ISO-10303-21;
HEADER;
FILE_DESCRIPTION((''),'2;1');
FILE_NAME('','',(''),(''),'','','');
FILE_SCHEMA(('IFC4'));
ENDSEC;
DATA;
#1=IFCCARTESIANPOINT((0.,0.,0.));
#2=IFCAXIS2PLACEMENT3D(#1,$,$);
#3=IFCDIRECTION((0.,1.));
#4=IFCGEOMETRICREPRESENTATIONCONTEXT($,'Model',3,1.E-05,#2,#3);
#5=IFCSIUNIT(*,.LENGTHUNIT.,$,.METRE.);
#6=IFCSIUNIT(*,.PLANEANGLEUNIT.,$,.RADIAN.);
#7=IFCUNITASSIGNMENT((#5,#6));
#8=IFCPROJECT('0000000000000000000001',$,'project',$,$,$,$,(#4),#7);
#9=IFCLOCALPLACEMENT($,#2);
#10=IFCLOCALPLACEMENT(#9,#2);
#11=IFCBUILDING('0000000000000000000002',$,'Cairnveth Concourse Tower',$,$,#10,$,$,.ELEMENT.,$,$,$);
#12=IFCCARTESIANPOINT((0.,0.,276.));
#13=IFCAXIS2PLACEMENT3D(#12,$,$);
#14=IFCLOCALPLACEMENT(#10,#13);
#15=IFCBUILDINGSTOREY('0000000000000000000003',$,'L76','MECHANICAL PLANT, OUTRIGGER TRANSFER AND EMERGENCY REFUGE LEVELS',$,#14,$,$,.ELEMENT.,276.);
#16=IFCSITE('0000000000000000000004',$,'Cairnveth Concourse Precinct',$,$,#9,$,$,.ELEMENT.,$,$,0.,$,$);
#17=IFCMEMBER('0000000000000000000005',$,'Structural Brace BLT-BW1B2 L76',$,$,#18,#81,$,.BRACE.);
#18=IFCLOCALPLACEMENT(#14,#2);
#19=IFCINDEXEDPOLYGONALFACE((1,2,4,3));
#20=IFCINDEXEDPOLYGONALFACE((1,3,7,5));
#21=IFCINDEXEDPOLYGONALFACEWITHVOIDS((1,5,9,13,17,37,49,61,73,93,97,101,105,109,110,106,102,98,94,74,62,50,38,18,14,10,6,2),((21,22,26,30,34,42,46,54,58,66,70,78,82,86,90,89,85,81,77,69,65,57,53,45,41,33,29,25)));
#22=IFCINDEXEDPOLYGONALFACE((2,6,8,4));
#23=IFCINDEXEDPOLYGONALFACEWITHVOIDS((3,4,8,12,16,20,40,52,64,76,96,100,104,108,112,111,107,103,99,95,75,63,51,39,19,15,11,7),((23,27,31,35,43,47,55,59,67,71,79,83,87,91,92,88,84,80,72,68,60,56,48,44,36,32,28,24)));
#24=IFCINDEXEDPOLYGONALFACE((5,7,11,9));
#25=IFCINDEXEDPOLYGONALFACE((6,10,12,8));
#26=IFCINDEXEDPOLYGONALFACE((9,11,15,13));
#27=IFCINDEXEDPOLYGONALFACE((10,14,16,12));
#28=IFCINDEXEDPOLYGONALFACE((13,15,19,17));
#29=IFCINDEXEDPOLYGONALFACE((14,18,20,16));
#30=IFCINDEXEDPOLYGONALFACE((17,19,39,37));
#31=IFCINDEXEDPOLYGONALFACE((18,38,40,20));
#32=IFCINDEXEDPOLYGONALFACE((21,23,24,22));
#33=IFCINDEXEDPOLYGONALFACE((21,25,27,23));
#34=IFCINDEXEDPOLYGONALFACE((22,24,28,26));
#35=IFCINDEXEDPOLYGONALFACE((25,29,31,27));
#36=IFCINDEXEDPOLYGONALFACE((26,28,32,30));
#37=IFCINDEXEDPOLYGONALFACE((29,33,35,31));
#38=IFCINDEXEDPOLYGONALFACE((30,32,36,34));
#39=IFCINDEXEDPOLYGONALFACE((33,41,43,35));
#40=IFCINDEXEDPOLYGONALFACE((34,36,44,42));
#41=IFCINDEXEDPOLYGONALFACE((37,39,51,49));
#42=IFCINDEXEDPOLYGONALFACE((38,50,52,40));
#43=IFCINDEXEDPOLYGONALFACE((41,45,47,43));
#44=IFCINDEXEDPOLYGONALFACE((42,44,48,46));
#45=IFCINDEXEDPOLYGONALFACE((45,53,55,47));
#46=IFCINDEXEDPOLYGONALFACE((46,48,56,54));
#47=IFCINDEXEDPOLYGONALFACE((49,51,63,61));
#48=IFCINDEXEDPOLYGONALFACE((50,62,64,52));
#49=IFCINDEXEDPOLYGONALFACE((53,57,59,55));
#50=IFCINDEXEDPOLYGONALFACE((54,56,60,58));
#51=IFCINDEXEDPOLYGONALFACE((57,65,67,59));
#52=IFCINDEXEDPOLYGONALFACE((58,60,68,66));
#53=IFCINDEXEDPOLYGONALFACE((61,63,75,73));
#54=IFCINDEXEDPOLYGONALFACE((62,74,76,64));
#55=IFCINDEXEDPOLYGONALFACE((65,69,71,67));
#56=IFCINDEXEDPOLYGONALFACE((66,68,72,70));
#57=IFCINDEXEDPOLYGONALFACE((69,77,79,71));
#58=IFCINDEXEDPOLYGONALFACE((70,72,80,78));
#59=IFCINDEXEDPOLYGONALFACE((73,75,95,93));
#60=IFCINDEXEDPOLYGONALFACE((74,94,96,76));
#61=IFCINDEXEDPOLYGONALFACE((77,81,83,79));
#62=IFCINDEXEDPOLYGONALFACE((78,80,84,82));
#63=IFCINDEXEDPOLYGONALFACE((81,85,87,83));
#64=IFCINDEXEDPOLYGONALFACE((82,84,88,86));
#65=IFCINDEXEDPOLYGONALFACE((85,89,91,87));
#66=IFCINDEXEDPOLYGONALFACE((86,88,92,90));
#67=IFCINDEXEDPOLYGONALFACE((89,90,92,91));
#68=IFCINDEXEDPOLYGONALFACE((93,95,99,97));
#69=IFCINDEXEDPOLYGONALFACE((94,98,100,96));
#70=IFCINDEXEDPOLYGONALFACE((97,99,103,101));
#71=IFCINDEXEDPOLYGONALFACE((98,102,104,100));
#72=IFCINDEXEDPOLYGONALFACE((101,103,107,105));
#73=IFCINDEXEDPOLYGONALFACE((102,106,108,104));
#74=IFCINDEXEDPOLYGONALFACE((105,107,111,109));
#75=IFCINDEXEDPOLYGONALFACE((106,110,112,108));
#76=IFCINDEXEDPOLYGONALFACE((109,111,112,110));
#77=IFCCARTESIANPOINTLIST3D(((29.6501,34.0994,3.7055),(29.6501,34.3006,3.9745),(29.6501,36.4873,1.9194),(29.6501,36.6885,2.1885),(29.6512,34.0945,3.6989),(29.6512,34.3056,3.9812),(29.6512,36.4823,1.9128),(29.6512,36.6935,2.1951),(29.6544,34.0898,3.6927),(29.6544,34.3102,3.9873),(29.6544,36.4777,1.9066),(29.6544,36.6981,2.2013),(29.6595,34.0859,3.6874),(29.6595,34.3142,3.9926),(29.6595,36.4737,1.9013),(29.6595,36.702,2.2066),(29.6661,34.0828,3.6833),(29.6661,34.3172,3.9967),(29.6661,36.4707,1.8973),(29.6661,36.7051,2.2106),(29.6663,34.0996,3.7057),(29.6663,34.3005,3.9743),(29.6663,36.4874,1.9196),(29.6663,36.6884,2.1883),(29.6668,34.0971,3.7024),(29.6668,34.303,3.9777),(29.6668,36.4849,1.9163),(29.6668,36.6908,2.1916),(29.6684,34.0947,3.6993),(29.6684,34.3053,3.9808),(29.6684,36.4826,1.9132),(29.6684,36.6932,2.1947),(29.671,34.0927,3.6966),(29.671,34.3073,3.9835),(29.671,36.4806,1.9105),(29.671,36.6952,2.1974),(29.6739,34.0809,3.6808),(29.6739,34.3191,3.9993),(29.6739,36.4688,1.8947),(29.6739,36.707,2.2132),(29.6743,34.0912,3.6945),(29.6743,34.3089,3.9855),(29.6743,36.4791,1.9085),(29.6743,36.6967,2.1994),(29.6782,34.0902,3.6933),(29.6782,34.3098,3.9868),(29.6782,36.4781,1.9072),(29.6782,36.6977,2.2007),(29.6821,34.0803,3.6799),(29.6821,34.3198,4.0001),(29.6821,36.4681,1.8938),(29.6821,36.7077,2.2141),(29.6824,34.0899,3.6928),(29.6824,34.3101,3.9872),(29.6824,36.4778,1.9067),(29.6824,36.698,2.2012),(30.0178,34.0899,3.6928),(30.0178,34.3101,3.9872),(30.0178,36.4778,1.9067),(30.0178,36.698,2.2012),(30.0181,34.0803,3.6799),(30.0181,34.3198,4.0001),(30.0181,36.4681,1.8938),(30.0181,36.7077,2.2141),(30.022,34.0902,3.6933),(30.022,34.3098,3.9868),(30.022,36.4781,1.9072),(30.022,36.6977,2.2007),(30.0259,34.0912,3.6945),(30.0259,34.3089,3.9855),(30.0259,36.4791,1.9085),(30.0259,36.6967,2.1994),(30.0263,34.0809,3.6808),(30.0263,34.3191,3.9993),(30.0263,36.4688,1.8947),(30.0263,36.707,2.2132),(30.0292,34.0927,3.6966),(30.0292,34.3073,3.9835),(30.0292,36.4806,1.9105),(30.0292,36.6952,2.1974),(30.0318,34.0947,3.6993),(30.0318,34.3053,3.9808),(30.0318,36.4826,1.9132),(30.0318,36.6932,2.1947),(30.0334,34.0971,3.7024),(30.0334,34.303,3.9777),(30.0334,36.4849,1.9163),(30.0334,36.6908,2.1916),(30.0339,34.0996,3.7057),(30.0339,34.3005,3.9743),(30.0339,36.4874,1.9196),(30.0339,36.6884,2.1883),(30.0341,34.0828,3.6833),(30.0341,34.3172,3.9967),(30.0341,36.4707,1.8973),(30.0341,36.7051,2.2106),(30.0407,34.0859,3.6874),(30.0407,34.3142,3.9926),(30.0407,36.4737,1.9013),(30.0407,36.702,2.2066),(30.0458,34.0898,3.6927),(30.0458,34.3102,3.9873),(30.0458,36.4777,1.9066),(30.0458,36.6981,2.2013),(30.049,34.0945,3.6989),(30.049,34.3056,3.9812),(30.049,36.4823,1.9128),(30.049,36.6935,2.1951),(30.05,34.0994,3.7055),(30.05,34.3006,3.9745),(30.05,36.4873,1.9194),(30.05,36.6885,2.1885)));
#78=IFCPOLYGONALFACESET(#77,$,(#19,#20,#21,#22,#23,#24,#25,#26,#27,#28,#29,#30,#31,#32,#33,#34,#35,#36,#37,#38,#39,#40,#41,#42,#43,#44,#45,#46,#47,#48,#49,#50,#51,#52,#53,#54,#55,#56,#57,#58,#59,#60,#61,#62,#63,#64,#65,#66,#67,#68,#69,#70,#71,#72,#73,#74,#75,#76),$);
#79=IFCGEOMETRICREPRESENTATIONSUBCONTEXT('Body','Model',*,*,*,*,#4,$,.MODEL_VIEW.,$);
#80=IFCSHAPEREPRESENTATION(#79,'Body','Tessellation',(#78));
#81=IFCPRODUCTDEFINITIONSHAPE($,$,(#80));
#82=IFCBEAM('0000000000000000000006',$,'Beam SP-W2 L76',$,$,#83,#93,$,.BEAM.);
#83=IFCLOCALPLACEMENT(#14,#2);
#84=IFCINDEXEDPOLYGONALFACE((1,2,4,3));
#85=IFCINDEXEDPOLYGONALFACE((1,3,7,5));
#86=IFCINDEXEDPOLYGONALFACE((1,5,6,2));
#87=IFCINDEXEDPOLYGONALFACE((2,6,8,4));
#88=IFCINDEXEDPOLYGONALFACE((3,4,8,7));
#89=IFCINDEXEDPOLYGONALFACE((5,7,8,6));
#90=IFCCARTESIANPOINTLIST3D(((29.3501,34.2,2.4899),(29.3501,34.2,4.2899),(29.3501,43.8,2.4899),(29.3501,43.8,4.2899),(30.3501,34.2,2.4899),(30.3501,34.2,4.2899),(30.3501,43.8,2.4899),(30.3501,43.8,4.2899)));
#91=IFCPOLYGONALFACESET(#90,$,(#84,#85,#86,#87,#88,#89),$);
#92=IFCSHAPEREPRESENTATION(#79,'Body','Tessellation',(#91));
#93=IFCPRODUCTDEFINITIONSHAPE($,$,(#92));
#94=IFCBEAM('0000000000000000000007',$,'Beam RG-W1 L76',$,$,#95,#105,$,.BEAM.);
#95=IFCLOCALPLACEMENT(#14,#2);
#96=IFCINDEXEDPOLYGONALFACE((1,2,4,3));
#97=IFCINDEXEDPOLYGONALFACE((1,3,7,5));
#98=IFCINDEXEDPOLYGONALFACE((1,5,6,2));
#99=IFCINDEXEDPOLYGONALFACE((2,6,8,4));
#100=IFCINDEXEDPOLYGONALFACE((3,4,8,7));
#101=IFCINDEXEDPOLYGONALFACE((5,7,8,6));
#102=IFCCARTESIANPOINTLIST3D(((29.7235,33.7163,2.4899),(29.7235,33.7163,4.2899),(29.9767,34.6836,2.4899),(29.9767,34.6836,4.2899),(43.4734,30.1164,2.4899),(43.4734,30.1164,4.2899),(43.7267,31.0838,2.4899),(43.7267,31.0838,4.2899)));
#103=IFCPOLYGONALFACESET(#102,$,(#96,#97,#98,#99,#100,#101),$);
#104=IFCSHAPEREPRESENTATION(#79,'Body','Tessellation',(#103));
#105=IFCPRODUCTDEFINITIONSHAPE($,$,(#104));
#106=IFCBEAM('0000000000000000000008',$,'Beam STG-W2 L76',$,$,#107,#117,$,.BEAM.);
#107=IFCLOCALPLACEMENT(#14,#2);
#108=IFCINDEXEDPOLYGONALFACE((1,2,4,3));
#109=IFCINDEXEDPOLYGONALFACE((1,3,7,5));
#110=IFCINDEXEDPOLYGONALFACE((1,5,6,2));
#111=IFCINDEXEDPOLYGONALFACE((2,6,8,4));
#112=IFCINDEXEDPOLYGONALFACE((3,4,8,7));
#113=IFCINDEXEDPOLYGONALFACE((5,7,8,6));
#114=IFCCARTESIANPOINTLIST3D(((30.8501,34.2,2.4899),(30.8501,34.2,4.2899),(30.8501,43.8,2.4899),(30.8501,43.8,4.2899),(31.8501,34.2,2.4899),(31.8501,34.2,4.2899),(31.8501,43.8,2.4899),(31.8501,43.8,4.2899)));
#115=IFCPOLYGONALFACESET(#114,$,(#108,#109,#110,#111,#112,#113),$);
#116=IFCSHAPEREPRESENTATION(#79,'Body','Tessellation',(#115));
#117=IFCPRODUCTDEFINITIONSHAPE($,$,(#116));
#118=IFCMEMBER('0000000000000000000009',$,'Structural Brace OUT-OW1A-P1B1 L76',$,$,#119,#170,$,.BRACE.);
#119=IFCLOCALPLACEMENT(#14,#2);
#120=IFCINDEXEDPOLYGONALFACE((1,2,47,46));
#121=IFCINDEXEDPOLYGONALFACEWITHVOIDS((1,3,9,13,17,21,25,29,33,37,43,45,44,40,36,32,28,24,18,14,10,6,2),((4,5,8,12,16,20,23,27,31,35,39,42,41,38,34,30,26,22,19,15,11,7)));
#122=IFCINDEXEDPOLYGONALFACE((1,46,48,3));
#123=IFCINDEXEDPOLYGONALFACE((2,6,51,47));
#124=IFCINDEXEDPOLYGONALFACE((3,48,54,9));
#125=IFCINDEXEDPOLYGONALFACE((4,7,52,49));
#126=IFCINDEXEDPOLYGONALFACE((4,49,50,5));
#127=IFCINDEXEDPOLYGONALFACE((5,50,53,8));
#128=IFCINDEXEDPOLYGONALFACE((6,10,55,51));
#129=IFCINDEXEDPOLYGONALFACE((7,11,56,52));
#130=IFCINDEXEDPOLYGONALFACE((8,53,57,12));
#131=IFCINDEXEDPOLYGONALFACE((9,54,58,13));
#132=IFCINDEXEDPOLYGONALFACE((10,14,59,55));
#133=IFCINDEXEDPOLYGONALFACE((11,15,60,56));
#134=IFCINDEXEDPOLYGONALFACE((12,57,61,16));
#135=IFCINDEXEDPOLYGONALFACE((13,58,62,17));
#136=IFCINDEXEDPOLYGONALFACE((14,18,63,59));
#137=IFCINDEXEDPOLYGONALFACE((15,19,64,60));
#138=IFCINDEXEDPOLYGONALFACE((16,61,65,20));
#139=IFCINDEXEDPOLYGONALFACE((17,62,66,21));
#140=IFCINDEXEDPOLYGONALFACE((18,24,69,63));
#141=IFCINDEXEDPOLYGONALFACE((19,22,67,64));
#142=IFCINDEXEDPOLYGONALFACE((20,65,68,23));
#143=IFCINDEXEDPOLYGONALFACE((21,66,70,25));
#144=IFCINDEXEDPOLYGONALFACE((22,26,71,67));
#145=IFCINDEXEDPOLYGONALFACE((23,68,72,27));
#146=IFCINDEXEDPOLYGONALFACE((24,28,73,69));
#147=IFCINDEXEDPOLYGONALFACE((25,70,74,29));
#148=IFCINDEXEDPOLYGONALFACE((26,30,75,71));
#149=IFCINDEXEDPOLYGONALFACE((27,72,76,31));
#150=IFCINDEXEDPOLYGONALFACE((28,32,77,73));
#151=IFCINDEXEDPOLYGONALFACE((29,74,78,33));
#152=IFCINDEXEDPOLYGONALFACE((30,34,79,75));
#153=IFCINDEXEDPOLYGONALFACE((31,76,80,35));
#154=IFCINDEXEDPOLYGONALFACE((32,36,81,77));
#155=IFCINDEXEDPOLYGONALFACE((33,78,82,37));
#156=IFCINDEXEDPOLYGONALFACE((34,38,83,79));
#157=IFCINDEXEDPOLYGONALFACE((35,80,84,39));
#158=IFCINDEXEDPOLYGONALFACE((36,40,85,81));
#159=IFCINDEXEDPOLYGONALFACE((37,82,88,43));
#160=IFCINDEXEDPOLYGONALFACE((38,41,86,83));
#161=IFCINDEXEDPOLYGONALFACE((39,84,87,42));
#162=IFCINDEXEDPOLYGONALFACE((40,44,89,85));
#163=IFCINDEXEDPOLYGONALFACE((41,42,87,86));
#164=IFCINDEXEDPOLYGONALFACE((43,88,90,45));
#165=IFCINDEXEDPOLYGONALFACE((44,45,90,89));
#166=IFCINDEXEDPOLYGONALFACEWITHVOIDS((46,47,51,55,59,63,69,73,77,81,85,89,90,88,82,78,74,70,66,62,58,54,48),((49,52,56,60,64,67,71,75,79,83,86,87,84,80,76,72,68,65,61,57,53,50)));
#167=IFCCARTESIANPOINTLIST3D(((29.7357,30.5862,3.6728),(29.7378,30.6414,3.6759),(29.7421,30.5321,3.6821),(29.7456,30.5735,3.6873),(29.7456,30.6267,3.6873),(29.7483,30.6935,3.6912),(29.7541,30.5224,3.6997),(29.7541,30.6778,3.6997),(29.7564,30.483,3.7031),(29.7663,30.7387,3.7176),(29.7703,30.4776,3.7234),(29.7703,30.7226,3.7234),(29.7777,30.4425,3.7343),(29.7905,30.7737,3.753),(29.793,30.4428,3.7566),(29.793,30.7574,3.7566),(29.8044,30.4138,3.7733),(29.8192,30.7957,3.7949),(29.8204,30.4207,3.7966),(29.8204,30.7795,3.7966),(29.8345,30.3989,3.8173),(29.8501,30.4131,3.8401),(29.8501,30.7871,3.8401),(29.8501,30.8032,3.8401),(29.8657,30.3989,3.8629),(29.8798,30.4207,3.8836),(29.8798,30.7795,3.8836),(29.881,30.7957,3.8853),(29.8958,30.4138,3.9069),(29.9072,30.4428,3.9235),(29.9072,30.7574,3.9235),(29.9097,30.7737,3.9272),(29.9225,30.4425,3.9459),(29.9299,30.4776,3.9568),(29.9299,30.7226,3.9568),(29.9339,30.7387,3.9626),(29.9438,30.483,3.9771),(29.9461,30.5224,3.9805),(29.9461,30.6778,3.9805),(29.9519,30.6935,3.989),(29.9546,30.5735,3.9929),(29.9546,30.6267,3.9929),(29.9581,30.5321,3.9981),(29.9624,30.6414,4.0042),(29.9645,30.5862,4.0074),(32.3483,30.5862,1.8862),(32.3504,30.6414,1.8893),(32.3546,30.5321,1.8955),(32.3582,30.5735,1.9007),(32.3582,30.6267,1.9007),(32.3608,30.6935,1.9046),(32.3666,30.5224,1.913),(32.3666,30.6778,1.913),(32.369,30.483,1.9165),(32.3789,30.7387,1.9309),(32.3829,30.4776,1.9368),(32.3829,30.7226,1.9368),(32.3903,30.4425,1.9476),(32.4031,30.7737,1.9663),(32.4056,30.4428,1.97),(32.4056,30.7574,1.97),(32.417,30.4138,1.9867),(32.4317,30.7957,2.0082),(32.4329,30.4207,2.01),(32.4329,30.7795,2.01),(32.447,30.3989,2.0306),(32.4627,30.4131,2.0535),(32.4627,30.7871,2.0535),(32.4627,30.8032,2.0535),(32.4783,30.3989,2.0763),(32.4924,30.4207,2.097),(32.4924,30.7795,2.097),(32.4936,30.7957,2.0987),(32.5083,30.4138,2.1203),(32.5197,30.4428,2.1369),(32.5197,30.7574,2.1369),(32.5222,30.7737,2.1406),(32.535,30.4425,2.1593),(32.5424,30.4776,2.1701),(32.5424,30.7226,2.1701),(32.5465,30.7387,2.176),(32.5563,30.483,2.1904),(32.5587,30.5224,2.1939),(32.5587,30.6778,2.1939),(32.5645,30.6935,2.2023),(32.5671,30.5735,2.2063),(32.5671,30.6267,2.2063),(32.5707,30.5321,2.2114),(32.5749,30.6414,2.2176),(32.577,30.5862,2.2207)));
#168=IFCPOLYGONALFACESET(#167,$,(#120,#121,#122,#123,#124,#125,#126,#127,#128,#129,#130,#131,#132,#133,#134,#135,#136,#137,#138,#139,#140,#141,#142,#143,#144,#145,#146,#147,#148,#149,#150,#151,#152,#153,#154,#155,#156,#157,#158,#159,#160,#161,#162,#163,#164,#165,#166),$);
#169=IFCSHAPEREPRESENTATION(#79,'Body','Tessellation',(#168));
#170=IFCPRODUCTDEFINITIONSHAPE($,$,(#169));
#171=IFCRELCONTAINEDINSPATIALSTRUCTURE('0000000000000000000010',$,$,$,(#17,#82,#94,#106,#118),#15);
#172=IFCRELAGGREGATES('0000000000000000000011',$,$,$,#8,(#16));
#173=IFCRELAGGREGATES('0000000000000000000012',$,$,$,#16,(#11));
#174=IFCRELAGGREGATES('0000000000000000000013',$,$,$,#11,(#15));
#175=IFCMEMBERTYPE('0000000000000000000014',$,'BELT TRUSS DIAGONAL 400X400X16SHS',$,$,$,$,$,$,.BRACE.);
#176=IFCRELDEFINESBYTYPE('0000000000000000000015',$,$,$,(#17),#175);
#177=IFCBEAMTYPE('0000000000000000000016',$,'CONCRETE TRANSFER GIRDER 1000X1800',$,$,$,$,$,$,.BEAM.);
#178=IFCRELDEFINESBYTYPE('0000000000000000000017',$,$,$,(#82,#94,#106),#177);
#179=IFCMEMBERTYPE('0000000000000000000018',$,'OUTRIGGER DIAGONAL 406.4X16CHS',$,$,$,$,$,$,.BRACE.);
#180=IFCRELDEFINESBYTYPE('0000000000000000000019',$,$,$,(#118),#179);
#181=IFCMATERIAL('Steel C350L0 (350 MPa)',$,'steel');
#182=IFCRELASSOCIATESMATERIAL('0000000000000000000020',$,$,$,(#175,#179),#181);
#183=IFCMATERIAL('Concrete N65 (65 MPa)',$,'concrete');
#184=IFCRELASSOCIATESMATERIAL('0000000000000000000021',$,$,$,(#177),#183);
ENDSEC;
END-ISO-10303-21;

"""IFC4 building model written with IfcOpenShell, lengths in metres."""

from ifc_helpers import new_model, si_unit, direction, frame, origin, origin_2d, place, context, subcontext, project, spatial, rectangle, hollow_rectangle, hollow_circle, extrude, material, material_profile, profile_set, type_object, element, save


model = new_model("IFC4")

# Units and contexts
model_context = context("Model", 3, precision=1e-05, world=origin(), true_north=direction((0.0, 1.0)))
body_context = subcontext(model_context, "Body", "Model", "MODEL_VIEW")
ifc_project = project(units=[si_unit("LENGTHUNIT", "METRE"), si_unit("PLANEANGLEUNIT", "RADIAN")], contexts=[model_context])

# Site, building, storey
site_placement = place(None, origin())
site = spatial("IfcSite", under=ifc_project, at=site_placement, Name="Cairnveth Concourse Precinct", CompositionType="ELEMENT", RefElevation=0.0)
building_placement = place(site_placement, origin())
building = spatial("IfcBuilding", under=site, at=building_placement, Name="Cairnveth Concourse Tower", CompositionType="ELEMENT")
storey_placement = place(building_placement, frame((0.0, 0.0, 276.0)))
storey = spatial("IfcBuildingStorey", under=building, at=storey_placement, Name="L76", Description="MECHANICAL PLANT, OUTRIGGER TRANSFER AND EMERGENCY REFUGE LEVELS", CompositionType="ELEMENT", Elevation=276.0)

# Shared definitions
ifc_material_1 = material(Name="Concrete N65 (65 MPa)", Category="concrete")

# Member
ifc_material_2 = material(Name="Steel C350L0 (350 MPa)", Category="steel")
ifc_material_profile_1 = material_profile(ifc_material_2, hollow_rectangle(XDim=0.3999, YDim=0.3999, WallThickness=0.0161, InnerFilletRadius=0.0161, OuterFilletRadius=0.032, at=origin_2d()), Name="400x400x16.0SHS")
ifc_profile_set_1 = profile_set([ifc_material_profile_1], Name="Steel C350L0 (350 MPa)")
member_type_1 = type_object("IfcMemberType", Name="BELT TRUSS DIAGONAL 400X400X16SHS", PredefinedType="BRACE", material=ifc_profile_set_1)
member_1_placement = place(storey_placement, frame((29.8501, 36.5879, 2.054), z_axis=(0.0, -0.800775, 0.598965), x_axis=(1.0, 0.0, 0.0)))
element("IfcMember", 1, at=member_1_placement, inside=storey, type_object=member_type_1, Name="Structural Brace BLT-BW1B2 L76", PredefinedType="BRACE", context=body_context, shape_type="SweptSolid", body=[
    extrude(hollow_rectangle(XDim=0.3999, YDim=0.3999, WallThickness=0.0161, InnerFilletRadius=0.0161, OuterFilletRadius=0.032, at=origin_2d()), origin(), (0.0, 0.0, 1.0), 2.9819),
])

# Beams
ifc_material_profile_2 = material_profile(ifc_material_1, rectangle(XDim=1.0, YDim=1.8, at=origin_2d()), Name="RC-TB-1000x1800")
ifc_profile_set_2 = profile_set([ifc_material_profile_2], Name="Concrete N65 (65 MPa)")
beam_type_1 = type_object("IfcBeamType", Name="CONCRETE TRANSFER GIRDER 1000X1800", PredefinedType="BEAM", material=ifc_profile_set_2)
beam_1_placement = place(storey_placement, frame((29.8501, 34.2, 3.3899), z_axis=(0.0, 1.0, 0.0), x_axis=(-1.0, 0.0, 0.0)))
element("IfcBeam", 2, at=beam_1_placement, inside=storey, type_object=beam_type_1, Name="Beam SP-W2 L76", PredefinedType="BEAM", context=body_context, shape_type="SweptSolid", body=[
    extrude(rectangle(XDim=1.0, YDim=1.8, at=origin_2d()), origin(), (0.0, 0.0, 1.0), 9.6001),
])
beam_2_placement = place(storey_placement, frame((29.8501, 34.2, 3.3899), z_axis=(0.967395, -0.253271, 0.0), x_axis=(0.253271, 0.967395, 0.0)))
element("IfcBeam", 3, at=beam_2_placement, inside=storey, type_object=beam_type_1, Name="Beam RG-W1 L76", PredefinedType="BEAM", context=body_context, shape_type="SweptSolid", body=[
    extrude(rectangle(XDim=1.0, YDim=1.8, at=origin_2d()), origin(), (0.0, 0.0, 1.0), 14.2134),
])
beam_3_placement = place(storey_placement, frame((31.3501, 34.2, 3.3899), z_axis=(0.0, 1.0, 0.0), x_axis=(-1.0, 0.0, 0.0)))
element("IfcBeam", 4, at=beam_3_placement, inside=storey, type_object=beam_type_1, Name="Beam STG-W2 L76", PredefinedType="BEAM", context=body_context, shape_type="SweptSolid", body=[
    extrude(rectangle(XDim=1.0, YDim=1.8, at=origin_2d()), origin(), (0.0, 0.0, 1.0), 9.6001),
])

# Member
ifc_material_profile_3 = material_profile(ifc_material_2, hollow_circle(Radius=0.2031, WallThickness=0.0161, at=origin_2d()), Name="406.4x16.0CHS")
ifc_profile_set_3 = profile_set([ifc_material_profile_3], Name="Steel C350L0 (350 MPa)")
member_type_2 = type_object("IfcMemberType", Name="OUTRIGGER DIAGONAL 406.4X16CHS", PredefinedType="BRACE", material=ifc_profile_set_3)
member_2_placement = place(storey_placement, frame((29.8501, 30.6001, 3.8401), z_axis=(0.825442, 0.0, -0.564488), x_axis=(0.0, 1.0, 0.0)))
element("IfcMember", 5, at=member_2_placement, inside=storey, type_object=member_type_2, Name="Structural Brace OUT-OW1A-P1B1 L76", PredefinedType="BRACE", context=body_context, shape_type="SweptSolid", body=[
    extrude(hollow_circle(Radius=0.2031, WallThickness=0.0161, at=origin_2d()), origin(), (0.0, 0.0, 1.0), 3.165),
])

save(model, "model.ifc")
